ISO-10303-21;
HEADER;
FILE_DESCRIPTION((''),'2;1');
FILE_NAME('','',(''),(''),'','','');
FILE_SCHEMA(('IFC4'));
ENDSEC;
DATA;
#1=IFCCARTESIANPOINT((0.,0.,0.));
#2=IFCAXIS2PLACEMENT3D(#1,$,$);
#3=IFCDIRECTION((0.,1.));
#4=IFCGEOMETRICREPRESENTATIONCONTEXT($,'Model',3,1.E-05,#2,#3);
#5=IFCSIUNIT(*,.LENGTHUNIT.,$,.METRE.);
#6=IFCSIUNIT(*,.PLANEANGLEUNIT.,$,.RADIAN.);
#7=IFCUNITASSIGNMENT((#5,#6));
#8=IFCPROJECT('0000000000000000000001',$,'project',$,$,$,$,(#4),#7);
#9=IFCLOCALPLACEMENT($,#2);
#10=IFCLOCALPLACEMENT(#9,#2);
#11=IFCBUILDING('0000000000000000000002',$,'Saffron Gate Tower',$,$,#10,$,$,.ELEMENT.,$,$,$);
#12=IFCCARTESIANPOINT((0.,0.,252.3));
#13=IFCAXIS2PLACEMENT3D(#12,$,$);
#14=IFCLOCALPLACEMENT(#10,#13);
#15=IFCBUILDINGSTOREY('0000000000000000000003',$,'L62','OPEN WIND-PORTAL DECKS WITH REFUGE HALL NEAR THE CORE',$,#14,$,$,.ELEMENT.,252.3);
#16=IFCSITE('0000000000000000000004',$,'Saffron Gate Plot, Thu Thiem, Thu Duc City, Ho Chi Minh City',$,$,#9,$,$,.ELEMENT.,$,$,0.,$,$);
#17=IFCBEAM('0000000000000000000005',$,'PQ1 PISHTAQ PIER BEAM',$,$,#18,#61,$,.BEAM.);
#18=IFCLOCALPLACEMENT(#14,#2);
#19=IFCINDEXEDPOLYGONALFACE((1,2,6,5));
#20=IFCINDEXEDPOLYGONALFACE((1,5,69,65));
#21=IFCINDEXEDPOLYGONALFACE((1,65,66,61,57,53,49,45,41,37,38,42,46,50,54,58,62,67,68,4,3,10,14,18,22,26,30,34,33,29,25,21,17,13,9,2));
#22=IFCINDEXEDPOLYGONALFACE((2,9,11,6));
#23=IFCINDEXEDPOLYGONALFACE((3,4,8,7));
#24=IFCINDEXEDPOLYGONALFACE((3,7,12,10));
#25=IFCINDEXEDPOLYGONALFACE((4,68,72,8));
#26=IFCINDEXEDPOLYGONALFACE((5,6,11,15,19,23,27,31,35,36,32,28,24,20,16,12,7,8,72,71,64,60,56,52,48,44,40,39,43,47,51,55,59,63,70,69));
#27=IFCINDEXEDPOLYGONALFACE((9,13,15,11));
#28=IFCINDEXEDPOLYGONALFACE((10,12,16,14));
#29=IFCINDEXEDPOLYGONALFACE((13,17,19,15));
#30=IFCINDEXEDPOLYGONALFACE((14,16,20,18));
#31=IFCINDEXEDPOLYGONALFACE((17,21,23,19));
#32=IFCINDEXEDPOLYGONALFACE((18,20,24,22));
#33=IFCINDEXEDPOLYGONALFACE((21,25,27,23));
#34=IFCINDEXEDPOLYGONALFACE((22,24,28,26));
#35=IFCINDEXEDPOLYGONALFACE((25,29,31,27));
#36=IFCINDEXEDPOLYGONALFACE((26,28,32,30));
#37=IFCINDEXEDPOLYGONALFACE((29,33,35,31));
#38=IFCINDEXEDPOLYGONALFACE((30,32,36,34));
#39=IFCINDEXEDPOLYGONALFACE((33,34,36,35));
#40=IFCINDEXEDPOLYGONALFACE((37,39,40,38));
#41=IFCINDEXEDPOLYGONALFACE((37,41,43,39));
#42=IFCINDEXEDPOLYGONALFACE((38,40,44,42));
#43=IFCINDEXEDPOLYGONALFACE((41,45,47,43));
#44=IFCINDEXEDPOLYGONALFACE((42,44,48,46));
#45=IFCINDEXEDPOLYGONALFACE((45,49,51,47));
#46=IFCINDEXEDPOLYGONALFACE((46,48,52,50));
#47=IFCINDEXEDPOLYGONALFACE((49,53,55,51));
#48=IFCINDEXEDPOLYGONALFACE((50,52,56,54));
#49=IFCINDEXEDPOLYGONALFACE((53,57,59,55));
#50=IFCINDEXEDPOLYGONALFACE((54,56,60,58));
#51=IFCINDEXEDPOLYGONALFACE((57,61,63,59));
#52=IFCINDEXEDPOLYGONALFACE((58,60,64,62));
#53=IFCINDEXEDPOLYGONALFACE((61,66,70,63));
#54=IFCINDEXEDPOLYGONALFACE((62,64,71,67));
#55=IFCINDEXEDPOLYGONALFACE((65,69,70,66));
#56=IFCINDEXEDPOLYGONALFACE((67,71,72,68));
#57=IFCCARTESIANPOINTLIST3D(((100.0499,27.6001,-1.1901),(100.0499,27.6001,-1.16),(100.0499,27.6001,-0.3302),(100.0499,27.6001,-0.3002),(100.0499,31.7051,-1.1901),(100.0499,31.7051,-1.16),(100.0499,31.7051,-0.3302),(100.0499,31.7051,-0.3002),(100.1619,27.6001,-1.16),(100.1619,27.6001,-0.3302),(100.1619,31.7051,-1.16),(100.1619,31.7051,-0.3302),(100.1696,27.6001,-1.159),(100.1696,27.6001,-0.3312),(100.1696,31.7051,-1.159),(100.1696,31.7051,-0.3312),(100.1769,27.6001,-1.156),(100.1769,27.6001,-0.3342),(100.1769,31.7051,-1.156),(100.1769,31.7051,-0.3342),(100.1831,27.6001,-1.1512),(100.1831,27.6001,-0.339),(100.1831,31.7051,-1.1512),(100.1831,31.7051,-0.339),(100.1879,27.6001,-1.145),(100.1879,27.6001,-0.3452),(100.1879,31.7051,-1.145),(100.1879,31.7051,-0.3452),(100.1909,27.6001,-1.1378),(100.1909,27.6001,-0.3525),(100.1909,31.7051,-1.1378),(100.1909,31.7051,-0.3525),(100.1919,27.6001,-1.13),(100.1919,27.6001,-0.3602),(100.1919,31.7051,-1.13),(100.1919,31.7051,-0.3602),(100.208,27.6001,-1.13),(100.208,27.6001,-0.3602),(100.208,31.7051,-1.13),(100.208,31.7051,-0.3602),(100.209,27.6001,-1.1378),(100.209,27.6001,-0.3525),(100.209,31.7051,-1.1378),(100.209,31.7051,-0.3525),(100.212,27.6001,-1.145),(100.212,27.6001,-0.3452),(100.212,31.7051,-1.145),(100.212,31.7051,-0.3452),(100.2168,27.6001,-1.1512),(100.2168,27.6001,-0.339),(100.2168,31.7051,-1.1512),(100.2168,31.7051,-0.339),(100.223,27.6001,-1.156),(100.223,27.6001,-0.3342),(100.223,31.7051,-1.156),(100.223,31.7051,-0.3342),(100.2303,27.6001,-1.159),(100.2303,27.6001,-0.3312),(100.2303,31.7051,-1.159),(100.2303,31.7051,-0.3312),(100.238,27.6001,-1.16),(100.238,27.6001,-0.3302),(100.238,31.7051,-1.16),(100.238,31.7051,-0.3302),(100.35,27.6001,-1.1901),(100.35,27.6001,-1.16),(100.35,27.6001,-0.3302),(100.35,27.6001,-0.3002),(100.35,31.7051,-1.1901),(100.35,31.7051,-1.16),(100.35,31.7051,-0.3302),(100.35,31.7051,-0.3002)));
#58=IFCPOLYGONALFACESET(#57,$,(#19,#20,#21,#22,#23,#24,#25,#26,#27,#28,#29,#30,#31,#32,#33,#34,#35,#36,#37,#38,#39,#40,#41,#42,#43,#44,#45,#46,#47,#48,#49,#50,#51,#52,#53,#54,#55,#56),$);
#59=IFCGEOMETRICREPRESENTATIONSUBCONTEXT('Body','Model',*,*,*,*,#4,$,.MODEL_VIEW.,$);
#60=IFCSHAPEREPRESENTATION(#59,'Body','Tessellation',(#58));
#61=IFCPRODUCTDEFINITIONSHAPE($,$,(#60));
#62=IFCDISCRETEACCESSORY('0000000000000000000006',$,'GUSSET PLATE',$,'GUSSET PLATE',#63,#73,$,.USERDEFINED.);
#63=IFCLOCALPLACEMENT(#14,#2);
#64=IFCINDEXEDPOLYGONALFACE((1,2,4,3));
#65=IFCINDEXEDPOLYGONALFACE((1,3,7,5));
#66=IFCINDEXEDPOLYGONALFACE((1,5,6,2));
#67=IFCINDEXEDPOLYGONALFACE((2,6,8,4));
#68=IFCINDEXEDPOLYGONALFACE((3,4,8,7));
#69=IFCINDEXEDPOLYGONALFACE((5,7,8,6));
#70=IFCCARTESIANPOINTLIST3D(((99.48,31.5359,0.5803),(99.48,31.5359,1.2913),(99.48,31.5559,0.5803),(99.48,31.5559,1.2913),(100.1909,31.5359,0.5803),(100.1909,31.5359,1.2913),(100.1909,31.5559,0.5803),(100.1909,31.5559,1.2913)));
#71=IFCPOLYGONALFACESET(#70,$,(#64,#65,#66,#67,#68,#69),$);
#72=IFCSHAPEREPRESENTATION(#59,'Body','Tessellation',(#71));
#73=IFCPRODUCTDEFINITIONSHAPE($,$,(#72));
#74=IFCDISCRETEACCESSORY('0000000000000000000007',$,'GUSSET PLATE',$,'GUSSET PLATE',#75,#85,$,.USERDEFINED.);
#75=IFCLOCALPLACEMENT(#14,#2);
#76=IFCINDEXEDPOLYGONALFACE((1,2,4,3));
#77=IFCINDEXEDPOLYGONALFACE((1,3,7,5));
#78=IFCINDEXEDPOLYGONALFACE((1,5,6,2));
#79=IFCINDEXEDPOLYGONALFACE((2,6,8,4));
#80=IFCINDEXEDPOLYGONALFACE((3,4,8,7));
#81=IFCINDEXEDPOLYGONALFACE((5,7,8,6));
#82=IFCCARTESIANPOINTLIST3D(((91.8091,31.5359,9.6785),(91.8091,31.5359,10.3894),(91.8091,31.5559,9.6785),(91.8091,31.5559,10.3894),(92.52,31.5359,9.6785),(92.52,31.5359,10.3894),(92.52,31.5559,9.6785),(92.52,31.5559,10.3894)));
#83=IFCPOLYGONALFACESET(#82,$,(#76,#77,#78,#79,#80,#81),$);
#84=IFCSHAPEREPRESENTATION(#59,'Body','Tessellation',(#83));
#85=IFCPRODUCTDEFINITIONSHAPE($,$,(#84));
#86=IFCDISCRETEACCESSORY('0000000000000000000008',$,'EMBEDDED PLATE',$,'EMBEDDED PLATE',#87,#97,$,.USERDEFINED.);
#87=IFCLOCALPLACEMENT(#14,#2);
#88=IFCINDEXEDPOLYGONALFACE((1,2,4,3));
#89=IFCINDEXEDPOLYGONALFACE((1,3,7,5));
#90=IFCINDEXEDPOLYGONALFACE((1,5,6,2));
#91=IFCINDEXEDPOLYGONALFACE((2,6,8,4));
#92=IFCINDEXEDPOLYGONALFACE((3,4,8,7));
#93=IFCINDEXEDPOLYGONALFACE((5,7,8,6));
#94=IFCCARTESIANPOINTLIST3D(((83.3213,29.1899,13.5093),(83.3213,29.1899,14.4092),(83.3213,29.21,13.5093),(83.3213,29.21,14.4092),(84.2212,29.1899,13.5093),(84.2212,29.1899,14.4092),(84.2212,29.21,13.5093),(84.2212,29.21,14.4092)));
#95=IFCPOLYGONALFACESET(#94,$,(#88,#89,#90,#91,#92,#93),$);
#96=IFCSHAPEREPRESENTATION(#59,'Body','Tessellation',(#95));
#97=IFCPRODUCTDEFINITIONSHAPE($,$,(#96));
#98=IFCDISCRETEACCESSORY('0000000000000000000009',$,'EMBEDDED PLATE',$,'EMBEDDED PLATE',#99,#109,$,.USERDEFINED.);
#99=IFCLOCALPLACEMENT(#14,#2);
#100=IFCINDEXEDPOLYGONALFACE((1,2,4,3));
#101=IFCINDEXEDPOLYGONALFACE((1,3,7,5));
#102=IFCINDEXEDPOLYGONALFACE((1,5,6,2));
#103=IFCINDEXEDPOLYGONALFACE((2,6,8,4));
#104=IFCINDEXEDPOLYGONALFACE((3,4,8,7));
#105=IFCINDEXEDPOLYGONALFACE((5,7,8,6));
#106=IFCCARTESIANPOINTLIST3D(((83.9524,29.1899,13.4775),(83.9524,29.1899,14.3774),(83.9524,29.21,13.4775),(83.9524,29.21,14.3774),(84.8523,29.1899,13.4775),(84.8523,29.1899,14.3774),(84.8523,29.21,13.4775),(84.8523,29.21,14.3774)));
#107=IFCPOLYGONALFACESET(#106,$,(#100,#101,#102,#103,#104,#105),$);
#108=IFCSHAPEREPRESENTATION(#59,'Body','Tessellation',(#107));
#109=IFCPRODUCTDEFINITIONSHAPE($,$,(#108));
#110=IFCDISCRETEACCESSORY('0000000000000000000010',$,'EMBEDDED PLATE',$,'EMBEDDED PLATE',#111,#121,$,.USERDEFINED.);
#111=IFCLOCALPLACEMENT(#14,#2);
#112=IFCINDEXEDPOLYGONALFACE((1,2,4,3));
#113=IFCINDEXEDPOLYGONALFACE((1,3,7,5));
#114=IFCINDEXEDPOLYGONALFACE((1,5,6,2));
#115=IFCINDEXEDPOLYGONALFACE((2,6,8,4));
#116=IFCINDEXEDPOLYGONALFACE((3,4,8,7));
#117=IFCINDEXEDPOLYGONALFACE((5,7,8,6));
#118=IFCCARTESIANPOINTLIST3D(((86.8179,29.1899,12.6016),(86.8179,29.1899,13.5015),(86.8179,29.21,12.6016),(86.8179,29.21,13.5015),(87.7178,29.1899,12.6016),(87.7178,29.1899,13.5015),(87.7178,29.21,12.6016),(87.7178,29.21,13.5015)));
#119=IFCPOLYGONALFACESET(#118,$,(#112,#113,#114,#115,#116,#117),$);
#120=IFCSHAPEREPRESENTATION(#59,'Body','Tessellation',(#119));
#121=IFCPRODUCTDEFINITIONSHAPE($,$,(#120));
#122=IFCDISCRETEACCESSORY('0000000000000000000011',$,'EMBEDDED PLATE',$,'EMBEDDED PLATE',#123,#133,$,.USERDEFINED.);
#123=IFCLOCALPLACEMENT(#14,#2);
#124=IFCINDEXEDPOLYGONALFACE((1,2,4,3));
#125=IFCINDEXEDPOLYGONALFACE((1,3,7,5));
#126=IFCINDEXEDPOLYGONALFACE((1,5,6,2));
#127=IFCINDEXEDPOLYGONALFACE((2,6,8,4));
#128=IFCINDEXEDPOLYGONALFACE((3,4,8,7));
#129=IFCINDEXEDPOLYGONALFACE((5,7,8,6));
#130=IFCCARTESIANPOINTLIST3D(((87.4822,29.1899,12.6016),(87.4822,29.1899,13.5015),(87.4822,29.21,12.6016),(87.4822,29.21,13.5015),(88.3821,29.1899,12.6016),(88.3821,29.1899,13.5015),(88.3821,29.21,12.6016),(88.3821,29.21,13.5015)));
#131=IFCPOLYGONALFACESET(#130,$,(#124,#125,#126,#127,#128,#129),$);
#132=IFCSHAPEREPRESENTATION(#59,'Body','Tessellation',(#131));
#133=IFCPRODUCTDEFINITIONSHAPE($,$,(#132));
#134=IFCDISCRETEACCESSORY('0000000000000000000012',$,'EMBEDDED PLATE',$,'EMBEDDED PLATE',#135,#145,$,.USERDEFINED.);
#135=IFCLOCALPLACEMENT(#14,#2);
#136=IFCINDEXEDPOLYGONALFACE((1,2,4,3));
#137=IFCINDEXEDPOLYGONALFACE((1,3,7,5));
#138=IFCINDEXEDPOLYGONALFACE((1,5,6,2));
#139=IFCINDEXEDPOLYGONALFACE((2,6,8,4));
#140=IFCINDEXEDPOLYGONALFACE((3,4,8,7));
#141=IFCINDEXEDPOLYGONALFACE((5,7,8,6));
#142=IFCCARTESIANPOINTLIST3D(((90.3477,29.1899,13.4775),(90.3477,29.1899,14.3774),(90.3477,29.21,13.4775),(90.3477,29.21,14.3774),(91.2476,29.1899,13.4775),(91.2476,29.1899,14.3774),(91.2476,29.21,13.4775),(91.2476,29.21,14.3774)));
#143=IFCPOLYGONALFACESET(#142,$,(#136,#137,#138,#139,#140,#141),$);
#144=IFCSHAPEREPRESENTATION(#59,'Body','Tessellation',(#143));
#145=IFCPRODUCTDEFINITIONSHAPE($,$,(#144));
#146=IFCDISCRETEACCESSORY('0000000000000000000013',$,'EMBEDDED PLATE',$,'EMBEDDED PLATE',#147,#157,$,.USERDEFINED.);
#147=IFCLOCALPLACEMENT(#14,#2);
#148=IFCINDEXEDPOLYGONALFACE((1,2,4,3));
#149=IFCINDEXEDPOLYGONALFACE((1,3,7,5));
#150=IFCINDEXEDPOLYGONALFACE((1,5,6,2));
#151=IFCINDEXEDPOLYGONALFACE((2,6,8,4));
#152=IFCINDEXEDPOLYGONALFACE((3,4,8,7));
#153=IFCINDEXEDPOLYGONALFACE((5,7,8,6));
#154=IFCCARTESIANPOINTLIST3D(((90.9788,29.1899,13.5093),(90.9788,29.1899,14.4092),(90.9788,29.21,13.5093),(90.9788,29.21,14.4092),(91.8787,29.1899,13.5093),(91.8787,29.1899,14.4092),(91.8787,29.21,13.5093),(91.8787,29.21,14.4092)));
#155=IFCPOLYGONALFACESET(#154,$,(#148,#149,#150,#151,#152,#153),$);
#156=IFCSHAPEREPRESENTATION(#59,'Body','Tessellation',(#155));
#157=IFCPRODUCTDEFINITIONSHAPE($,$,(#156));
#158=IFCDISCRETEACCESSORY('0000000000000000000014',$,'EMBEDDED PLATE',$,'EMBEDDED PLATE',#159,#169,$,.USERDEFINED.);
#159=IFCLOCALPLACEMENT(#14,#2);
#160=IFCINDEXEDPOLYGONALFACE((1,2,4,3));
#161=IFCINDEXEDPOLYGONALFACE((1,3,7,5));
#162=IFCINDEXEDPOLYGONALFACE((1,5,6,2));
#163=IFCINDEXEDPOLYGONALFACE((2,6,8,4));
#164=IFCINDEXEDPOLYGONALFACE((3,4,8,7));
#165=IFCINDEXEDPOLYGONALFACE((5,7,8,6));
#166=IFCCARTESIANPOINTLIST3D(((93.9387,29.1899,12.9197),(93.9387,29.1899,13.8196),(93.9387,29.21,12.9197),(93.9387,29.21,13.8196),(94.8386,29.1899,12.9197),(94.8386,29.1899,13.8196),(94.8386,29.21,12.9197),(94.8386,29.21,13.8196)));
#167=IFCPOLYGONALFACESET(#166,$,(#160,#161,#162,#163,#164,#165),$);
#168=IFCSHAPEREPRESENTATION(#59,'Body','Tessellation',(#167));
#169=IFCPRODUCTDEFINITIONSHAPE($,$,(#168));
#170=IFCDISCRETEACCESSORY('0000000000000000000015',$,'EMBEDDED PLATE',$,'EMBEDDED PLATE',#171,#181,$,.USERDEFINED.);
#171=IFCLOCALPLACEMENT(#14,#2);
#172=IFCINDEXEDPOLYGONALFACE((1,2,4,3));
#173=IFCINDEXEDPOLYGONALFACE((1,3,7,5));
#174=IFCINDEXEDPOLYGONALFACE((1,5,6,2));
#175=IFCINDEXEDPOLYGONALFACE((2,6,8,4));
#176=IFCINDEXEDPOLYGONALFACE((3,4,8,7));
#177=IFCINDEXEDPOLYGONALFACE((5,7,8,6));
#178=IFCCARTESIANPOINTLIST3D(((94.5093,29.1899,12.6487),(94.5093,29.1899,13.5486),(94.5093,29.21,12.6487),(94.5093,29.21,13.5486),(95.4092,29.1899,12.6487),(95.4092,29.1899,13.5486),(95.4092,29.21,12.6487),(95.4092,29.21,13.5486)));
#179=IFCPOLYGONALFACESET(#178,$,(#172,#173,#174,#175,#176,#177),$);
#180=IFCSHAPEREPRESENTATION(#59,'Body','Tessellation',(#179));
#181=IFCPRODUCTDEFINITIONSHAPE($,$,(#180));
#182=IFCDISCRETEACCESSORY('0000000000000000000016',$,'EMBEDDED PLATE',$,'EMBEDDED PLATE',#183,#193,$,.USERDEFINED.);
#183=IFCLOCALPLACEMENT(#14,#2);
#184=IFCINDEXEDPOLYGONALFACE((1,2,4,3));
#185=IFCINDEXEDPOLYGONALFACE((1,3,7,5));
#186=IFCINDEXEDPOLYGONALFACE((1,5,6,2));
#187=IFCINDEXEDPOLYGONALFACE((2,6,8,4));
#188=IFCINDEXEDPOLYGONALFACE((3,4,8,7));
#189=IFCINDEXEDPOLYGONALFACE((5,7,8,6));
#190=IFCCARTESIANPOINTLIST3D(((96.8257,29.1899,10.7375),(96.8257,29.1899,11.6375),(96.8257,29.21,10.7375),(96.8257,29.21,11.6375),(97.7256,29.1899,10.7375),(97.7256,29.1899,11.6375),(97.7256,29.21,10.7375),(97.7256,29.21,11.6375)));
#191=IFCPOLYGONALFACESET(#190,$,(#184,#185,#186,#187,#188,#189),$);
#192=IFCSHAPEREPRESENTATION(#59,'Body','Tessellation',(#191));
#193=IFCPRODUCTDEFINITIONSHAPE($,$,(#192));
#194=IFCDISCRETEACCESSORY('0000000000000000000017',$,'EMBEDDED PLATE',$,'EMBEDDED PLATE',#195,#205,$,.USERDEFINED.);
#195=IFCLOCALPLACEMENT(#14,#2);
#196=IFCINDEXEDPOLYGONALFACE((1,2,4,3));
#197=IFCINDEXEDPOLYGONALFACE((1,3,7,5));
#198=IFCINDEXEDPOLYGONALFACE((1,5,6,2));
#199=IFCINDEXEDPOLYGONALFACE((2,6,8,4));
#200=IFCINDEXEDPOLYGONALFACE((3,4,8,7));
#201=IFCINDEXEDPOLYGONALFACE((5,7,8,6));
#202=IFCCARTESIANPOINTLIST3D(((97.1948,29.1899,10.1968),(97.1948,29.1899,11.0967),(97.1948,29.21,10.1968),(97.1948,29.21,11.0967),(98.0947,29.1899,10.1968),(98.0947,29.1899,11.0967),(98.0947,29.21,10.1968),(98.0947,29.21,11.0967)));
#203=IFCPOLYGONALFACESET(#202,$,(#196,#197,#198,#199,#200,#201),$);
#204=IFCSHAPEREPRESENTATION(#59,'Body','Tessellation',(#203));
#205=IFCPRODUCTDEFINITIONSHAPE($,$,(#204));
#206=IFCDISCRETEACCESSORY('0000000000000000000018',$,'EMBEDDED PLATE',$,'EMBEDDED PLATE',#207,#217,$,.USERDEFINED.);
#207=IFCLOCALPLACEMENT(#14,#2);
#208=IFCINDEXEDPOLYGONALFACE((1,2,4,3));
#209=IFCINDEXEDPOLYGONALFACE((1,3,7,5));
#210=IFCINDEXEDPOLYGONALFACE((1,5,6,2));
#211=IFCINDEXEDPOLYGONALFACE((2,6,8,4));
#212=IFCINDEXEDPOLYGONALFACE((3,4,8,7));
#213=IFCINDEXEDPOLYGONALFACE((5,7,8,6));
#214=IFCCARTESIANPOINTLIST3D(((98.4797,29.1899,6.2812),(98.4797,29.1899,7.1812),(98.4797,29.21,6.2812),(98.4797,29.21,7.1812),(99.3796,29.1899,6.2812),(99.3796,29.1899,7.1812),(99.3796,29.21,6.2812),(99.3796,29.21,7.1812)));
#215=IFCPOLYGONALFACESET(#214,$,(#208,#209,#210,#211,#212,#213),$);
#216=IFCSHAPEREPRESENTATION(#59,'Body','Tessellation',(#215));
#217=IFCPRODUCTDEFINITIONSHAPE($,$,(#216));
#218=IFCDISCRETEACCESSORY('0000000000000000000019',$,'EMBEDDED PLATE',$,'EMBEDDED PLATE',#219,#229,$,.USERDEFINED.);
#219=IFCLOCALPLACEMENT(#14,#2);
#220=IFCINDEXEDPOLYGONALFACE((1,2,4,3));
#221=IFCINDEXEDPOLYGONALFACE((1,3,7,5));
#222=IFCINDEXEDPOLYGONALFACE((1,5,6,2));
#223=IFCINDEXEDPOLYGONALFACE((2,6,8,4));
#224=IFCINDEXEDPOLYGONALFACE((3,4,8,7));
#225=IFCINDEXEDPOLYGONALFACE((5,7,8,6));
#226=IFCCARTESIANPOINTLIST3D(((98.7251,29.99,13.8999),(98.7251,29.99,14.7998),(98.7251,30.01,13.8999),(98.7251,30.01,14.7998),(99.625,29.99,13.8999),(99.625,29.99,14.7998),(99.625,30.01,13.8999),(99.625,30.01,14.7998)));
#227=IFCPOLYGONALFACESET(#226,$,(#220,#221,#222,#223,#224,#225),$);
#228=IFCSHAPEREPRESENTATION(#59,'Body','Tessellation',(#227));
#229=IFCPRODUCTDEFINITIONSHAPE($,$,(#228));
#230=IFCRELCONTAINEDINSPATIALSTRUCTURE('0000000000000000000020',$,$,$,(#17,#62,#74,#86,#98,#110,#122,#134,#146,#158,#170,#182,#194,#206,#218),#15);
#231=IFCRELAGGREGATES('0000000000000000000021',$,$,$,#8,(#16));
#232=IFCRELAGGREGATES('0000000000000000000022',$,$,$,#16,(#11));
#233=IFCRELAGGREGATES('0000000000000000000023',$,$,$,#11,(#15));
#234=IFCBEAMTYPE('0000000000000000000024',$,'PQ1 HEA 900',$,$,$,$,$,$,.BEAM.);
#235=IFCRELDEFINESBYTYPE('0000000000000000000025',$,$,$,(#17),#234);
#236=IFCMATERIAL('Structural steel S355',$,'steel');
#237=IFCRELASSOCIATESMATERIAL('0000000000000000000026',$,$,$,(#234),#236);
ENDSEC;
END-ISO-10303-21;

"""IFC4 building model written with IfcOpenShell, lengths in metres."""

from ifc_helpers import new_model, si_unit, direction, frame, origin, origin_2d, place, context, subcontext, project, spatial, rectangle, i_section, extrude, material, material_profile, profile_set, type_object, element, save


model = new_model("IFC4")

# Units and contexts
model_context = context("Model", 3, precision=1e-05, world=origin(), true_north=direction((0.0, 1.0)))
body_context = subcontext(model_context, "Body", "Model", "MODEL_VIEW")
ifc_project = project(units=[si_unit("LENGTHUNIT", "METRE"), si_unit("PLANEANGLEUNIT", "RADIAN")], contexts=[model_context])

# Site, building, storey
site_placement = place(None, origin())
site = spatial("IfcSite", under=ifc_project, at=site_placement, Name="Saffron Gate Plot, Thu Thiem, Thu Duc City, Ho Chi Minh City", CompositionType="ELEMENT", RefElevation=0.0)
building_placement = place(site_placement, origin())
building = spatial("IfcBuilding", under=site, at=building_placement, Name="Saffron Gate Tower", CompositionType="ELEMENT")
storey_placement = place(building_placement, frame((0.0, 0.0, 252.3)))
storey = spatial("IfcBuildingStorey", under=building, at=storey_placement, Name="L62", Description="OPEN WIND-PORTAL DECKS WITH REFUGE HALL NEAR THE CORE", CompositionType="ELEMENT", Elevation=252.3)

# Shared definitions
ifc_material_1 = material(Name="Structural steel S355", Category="steel")

# Beam
ifc_material_profile_1 = material_profile(ifc_material_1, i_section(OverallWidth=0.3, OverallDepth=0.8899, WebThickness=0.0161, FlangeThickness=0.03, FilletRadius=0.03, at=origin_2d()))
ifc_profile_set_1 = profile_set([ifc_material_profile_1], Name="Structural steel S355")
beam_type_1 = type_object("IfcBeamType", Name="PQ1 HEA 900", PredefinedType="BEAM", material=ifc_profile_set_1)
beam_1_placement = place(storey_placement, frame((100.2, 27.6001, -0.7451), z_axis=(0.0, 1.0, 0.0), x_axis=(-1.0, 0.0, 0.0)))
element("IfcBeam", 1, at=beam_1_placement, inside=storey, type_object=beam_type_1, Name="PQ1 PISHTAQ PIER BEAM", PredefinedType="BEAM", context=body_context, shape_type="SweptSolid", body=[
    extrude(i_section(OverallWidth=0.3, OverallDepth=0.8899, WebThickness=0.0161, FlangeThickness=0.03, FilletRadius=0.03, at=origin_2d()), origin(), (0.0, 0.0, 1.0), 4.105),
])

# Discrete accessories
for number, where, z_axis, x_axis, name in (
    (2, (99.8354, 31.5459, 0.5803), (0.0, 0.0, 1.0), (-1.0, 0.0, 0.0), "GUSSET PLATE"),
    (3, (92.1646, 31.5459, 9.6785), (0.0, 0.0, 1.0), (-1.0, 0.0, 0.0), "GUSSET PLATE"),
):
    element("IfcDiscreteAccessory", number, at=place(storey_placement, frame(where, z_axis=z_axis, x_axis=x_axis)), inside=storey, Name=name, ObjectType="GUSSET PLATE", PredefinedType="USERDEFINED", context=body_context, shape_type="SweptSolid", body=[
        extrude(rectangle(XDim=0.7109, YDim=0.02, at=origin_2d()), origin(), (0.0, 0.0, 1.0), 0.7109),
    ])
for number, where, z_axis, x_axis, name in (
    (4, (83.7712, 29.2, 13.5093), (0.0, 0.0, 1.0), (1.0, 0.0, 0.0), "EMBEDDED PLATE"),
    (5, (84.4023, 29.2, 13.4775), (0.0, 0.0, 1.0), (1.0, 0.0, 0.0), "EMBEDDED PLATE"),
    (6, (87.2678, 29.2, 12.6016), (0.0, 0.0, 1.0), (1.0, 0.0, 0.0), "EMBEDDED PLATE"),
    (7, (87.9321, 29.2, 12.6016), (0.0, 0.0, 1.0), (1.0, 0.0, 0.0), "EMBEDDED PLATE"),
    (8, (90.7976, 29.2, 13.4775), (0.0, 0.0, 1.0), (1.0, 0.0, 0.0), "EMBEDDED PLATE"),
    (9, (91.4287, 29.2, 13.5093), (0.0, 0.0, 1.0), (1.0, 0.0, 0.0), "EMBEDDED PLATE"),
    (10, (94.3887, 29.2, 12.9197), (0.0, 0.0, 1.0), (1.0, 0.0, 0.0), "EMBEDDED PLATE"),
    (11, (94.9592, 29.2, 12.6487), (0.0, 0.0, 1.0), (1.0, 0.0, 0.0), "EMBEDDED PLATE"),
    (12, (97.2756, 29.2, 10.7375), (0.0, 0.0, 1.0), (1.0, 0.0, 0.0), "EMBEDDED PLATE"),
    (13, (97.6448, 29.2, 10.1968), (0.0, 0.0, 1.0), (1.0, 0.0, 0.0), "EMBEDDED PLATE"),
    (14, (98.9297, 29.2, 6.2812), (0.0, 0.0, 1.0), (1.0, 0.0, 0.0), "EMBEDDED PLATE"),
    (15, (99.175, 30.0, 13.8999), (0.0, 0.0, 1.0), (1.0, 0.0, 0.0), "EMBEDDED PLATE"),
):
    element("IfcDiscreteAccessory", number, at=place(storey_placement, frame(where, z_axis=z_axis, x_axis=x_axis)), inside=storey, Name=name, ObjectType="EMBEDDED PLATE", PredefinedType="USERDEFINED", context=body_context, shape_type="SweptSolid", body=[
        extrude(rectangle(XDim=0.8999, YDim=0.02, at=origin_2d()), origin(), (0.0, 0.0, 1.0), 0.8999),
    ])

save(model, "model.ifc")
